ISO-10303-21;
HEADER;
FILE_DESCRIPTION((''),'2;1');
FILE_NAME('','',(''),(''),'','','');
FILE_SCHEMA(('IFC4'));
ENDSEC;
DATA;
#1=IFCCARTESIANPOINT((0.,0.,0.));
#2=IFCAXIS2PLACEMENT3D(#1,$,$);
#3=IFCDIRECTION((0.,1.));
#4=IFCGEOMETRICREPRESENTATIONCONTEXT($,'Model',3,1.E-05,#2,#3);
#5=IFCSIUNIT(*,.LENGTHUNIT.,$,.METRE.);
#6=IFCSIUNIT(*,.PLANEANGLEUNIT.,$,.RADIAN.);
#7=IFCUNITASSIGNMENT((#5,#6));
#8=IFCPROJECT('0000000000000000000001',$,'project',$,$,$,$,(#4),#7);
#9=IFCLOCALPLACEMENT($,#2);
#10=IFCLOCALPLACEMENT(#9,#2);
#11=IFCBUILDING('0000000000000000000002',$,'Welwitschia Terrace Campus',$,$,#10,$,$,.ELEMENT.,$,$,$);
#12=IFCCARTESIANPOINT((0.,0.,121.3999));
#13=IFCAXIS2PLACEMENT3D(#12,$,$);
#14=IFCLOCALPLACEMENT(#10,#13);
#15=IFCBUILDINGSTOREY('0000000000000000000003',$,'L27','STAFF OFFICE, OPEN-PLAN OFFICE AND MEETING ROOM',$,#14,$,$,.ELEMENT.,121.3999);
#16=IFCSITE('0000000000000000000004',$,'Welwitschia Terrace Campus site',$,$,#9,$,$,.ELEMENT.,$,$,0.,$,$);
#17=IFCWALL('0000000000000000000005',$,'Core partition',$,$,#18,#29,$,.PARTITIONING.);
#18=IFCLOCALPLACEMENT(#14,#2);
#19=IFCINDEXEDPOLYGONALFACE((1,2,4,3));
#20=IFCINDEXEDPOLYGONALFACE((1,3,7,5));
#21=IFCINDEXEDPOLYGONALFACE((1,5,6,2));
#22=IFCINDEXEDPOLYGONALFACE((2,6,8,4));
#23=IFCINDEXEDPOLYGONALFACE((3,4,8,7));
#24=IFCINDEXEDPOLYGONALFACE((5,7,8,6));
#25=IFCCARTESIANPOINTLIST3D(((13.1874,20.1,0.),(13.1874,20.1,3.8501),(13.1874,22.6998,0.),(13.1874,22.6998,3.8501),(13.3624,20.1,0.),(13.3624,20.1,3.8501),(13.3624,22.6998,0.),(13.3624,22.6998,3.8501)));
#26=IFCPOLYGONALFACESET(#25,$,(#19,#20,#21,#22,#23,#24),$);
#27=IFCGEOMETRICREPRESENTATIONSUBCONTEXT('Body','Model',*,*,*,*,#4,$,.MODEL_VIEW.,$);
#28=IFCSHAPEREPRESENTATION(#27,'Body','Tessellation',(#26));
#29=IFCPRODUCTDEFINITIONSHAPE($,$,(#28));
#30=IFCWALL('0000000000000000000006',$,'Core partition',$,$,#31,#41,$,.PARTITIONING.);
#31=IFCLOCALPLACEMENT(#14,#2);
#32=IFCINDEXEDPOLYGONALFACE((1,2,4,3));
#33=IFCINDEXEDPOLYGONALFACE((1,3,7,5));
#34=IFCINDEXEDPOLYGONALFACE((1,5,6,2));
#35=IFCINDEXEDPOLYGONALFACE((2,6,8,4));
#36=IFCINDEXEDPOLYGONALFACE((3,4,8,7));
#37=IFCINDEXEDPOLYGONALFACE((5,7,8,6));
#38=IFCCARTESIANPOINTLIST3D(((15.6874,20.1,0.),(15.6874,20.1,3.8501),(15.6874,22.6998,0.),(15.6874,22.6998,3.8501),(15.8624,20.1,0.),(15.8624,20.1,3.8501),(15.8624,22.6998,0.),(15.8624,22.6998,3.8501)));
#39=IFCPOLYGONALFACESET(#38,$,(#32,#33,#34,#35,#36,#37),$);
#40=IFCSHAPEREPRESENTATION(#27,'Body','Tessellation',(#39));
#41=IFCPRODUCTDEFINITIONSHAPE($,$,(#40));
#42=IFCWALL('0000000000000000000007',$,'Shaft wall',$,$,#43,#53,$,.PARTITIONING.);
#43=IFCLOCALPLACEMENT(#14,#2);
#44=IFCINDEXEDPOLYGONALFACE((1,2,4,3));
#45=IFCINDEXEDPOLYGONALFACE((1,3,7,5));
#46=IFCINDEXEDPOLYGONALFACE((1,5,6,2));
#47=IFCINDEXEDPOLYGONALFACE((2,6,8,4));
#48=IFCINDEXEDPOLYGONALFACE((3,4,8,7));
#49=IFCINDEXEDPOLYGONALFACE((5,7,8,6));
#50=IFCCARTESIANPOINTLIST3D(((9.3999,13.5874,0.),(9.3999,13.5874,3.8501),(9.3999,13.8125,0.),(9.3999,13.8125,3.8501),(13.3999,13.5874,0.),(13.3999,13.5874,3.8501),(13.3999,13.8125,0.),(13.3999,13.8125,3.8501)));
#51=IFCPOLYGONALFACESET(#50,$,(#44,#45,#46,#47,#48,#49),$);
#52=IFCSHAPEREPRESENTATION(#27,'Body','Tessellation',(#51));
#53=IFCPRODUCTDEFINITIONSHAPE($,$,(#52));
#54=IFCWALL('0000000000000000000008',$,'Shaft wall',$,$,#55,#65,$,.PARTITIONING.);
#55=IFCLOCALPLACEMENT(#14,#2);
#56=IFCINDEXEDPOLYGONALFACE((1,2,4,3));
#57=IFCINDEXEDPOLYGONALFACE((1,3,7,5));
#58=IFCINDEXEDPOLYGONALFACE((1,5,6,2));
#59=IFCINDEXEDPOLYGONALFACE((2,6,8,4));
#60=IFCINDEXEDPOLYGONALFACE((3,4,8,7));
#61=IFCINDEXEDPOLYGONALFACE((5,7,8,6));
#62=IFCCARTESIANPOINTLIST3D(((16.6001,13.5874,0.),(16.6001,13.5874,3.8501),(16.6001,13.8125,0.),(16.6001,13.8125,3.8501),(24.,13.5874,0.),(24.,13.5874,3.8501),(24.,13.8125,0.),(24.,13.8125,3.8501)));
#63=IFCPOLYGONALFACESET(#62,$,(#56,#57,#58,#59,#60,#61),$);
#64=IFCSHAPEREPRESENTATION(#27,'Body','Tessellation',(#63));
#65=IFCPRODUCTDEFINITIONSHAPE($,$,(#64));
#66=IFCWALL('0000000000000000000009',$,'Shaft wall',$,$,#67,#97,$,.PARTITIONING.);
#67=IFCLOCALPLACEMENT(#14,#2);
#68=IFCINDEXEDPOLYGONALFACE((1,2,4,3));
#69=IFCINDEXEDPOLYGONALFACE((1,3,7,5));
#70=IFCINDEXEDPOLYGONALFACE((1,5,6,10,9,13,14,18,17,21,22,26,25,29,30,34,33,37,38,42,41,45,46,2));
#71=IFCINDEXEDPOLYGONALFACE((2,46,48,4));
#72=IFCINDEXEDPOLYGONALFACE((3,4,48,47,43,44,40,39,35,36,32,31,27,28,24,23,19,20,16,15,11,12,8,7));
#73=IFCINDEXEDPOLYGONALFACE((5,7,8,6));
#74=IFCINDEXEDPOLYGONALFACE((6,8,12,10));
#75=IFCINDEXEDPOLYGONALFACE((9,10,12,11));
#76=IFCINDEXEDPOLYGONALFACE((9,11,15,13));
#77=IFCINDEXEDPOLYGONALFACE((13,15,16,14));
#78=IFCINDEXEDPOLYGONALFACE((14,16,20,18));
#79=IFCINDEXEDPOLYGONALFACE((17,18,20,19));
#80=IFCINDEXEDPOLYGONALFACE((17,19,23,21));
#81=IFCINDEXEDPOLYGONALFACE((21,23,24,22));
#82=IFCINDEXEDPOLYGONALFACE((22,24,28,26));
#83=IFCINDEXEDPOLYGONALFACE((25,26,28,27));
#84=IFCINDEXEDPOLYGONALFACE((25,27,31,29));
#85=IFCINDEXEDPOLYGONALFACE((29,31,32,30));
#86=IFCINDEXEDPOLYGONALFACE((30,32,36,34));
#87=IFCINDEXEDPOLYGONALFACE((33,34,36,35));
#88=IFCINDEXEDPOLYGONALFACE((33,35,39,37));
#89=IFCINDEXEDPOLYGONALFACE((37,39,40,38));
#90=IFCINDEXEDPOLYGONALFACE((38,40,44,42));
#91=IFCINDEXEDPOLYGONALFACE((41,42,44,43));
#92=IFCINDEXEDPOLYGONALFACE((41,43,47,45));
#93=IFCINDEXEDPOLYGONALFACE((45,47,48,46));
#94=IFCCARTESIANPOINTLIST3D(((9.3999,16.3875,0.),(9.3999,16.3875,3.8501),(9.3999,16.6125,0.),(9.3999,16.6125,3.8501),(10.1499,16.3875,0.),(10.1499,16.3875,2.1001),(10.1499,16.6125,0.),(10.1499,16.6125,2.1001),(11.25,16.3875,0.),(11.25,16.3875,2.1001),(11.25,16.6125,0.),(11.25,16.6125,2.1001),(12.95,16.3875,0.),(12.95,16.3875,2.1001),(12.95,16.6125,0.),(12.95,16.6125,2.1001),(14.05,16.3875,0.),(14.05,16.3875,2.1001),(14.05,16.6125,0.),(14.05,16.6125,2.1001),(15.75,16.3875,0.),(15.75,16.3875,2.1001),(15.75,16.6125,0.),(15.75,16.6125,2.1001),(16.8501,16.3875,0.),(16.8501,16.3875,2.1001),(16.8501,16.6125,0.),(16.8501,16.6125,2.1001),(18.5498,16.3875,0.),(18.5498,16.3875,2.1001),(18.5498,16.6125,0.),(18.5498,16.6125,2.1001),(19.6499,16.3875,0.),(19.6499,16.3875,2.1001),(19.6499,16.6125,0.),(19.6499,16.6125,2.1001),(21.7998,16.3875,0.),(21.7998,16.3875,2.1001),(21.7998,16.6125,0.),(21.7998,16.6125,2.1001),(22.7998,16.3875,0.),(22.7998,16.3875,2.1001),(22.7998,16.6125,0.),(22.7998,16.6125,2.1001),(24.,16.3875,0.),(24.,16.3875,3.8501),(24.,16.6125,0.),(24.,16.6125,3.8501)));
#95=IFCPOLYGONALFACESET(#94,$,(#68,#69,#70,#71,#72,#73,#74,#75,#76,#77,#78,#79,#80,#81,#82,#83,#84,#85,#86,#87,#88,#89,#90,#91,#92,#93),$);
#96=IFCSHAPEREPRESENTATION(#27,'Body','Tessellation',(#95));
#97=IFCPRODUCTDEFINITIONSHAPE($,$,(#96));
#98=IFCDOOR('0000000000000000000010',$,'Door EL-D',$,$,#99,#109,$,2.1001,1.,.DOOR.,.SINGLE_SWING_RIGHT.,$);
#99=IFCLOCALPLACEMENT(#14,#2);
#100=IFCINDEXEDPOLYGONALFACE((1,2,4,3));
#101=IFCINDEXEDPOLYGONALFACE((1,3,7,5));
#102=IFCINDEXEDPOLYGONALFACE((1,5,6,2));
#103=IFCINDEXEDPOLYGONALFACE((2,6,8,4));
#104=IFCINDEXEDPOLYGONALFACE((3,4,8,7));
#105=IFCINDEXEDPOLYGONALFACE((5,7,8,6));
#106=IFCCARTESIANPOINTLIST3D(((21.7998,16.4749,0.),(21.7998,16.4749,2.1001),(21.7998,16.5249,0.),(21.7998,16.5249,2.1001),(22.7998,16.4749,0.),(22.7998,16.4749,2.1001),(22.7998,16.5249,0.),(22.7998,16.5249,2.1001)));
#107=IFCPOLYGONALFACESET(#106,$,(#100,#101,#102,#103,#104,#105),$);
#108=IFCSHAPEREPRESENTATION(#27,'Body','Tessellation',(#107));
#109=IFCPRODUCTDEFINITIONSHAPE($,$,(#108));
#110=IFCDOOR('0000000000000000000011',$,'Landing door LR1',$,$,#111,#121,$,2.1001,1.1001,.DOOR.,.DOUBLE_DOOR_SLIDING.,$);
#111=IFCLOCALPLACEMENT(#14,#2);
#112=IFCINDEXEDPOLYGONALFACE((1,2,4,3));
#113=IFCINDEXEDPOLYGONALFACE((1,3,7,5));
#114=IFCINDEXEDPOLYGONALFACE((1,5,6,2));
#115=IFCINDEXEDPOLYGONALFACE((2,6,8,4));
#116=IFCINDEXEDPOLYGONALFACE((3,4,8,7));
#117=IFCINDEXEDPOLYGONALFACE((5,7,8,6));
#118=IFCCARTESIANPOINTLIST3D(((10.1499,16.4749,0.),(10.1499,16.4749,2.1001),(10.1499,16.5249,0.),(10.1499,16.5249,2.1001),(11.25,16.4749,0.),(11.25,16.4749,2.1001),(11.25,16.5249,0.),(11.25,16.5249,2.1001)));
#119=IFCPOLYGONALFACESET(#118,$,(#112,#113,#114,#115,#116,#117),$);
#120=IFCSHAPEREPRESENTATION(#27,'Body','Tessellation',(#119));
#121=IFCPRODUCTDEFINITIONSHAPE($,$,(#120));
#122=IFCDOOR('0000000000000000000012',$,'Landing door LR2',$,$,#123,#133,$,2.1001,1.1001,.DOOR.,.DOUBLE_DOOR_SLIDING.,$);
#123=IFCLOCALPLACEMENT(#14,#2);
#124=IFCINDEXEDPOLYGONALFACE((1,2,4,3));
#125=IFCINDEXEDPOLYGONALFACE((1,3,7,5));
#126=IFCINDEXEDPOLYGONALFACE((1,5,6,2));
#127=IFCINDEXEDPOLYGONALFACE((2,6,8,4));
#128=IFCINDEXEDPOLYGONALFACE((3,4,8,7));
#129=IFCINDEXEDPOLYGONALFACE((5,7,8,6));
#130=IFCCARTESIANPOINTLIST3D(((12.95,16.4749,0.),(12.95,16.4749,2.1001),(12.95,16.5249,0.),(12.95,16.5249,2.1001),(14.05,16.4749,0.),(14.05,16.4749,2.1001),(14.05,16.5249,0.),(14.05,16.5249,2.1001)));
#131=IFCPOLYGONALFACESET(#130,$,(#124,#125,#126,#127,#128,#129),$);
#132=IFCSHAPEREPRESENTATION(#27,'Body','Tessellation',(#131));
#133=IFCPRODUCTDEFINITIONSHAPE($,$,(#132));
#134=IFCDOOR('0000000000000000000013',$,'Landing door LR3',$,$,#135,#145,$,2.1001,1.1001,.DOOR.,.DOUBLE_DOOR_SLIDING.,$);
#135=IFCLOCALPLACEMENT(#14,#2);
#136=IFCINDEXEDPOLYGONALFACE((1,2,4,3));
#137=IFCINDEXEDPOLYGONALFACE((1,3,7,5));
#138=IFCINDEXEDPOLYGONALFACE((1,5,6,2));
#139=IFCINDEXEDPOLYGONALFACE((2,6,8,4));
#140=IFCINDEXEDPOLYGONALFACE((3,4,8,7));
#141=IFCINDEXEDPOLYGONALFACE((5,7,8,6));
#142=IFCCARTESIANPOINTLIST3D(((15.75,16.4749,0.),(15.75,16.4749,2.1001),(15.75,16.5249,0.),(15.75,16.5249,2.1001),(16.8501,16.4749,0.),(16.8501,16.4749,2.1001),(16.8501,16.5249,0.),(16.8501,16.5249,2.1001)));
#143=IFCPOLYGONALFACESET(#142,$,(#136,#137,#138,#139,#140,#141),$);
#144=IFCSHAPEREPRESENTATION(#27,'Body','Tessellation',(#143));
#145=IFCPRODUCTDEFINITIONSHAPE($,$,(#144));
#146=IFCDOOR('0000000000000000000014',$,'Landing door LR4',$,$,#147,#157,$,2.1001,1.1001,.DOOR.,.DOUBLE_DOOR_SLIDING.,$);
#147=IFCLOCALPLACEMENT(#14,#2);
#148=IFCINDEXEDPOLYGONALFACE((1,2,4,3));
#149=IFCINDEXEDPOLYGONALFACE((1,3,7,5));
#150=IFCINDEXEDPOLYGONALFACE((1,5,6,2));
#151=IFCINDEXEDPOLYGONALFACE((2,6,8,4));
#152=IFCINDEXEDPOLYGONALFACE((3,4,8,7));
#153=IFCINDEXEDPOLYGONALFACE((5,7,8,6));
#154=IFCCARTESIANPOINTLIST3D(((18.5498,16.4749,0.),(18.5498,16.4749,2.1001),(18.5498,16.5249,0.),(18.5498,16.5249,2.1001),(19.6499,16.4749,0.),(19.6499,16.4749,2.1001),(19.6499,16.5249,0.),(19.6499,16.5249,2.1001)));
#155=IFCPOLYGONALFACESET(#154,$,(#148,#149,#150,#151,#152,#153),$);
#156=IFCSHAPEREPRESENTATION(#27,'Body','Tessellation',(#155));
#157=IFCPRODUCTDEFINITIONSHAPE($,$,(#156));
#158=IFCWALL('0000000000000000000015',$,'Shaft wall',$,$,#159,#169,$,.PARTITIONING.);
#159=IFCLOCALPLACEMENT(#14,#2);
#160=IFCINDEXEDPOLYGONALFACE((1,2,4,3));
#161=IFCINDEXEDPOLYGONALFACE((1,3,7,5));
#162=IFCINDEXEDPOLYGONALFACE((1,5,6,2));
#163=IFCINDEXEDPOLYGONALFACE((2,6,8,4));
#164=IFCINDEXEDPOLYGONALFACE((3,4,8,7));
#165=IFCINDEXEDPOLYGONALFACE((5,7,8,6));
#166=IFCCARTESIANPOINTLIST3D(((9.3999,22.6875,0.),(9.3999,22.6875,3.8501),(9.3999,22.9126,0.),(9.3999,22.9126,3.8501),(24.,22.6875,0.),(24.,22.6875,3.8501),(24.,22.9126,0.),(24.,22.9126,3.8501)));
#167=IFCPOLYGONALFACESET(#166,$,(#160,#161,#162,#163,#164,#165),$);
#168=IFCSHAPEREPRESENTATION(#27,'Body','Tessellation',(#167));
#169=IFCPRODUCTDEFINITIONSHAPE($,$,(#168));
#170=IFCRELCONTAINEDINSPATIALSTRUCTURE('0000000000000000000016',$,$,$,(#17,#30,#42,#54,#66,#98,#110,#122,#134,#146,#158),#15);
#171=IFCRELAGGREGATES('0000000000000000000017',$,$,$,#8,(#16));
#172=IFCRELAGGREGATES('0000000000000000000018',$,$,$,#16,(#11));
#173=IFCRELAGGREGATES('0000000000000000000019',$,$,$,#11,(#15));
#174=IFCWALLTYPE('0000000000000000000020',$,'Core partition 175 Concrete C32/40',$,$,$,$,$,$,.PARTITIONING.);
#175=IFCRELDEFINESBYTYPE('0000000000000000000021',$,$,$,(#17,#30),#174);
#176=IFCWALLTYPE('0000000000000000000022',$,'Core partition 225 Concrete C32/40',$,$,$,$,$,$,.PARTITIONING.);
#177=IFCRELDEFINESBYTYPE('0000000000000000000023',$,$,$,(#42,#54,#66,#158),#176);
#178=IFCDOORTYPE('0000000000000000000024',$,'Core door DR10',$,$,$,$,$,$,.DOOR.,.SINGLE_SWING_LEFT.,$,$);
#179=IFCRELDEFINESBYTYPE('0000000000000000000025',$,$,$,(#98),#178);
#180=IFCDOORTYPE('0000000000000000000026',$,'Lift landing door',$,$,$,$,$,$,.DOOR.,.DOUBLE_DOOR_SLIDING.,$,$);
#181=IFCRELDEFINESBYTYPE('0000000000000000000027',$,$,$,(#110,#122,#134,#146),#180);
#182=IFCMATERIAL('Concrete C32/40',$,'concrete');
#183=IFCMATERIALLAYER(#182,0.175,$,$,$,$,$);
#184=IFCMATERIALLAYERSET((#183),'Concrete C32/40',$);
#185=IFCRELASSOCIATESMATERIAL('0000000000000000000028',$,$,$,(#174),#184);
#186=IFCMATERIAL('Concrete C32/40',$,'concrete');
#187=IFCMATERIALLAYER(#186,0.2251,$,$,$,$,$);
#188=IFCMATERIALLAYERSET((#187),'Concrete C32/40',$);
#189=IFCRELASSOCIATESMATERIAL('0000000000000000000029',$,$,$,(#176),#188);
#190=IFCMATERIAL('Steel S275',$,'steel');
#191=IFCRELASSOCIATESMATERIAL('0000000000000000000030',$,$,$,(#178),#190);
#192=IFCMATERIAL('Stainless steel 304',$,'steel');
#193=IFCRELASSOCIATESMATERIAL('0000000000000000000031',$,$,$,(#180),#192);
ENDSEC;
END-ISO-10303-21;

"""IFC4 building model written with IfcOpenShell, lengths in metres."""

from ifc_helpers import new_model, si_unit, direction, frame, frame_2d, origin, place, context, subcontext, project, spatial, rectangle, extrude, material, layer, layer_set, type_object, element, fill, save


model = new_model("IFC4")

# Units and contexts
model_context = context("Model", 3, precision=1e-05, world=origin(), true_north=direction((0.0, 1.0)))
body_context = subcontext(model_context, "Body", "Model", "MODEL_VIEW")
ifc_project = project(units=[si_unit("LENGTHUNIT", "METRE"), si_unit("PLANEANGLEUNIT", "RADIAN")], contexts=[model_context])

# Site, building, storey
site_placement = place(None, origin())
site = spatial("IfcSite", under=ifc_project, at=site_placement, Name="Welwitschia Terrace Campus site", CompositionType="ELEMENT", RefElevation=0.0)
building_placement = place(site_placement, origin())
building = spatial("IfcBuilding", under=site, at=building_placement, Name="Welwitschia Terrace Campus", CompositionType="ELEMENT")
storey_placement = place(building_placement, frame((0.0, 0.0, 121.3999)))
storey = spatial("IfcBuildingStorey", under=building, at=storey_placement, Name="L27", Description="STAFF OFFICE, OPEN-PLAN OFFICE AND MEETING ROOM", CompositionType="ELEMENT", Elevation=121.3999)

# Walls
ifc_material_1 = material(Name="Concrete C32/40", Category="concrete")
ifc_layer_1 = layer(ifc_material_1, 0.175)
ifc_layer_set_1 = layer_set([ifc_layer_1], Name="Concrete C32/40")
wall_type_1 = type_object("IfcWallType", Name="Core partition 175 Concrete C32/40", PredefinedType="PARTITIONING", material=ifc_layer_set_1)
for number, where, z_axis, x_axis, name in (
    (1, (13.2749, 20.1001, 0.0), (0.0, 0.0, 1.0), (0.0, 1.0, 0.0), "Core partition"),
    (2, (15.7749, 20.1001, 0.0), (0.0, 0.0, 1.0), (0.0, 1.0, 0.0), "Core partition"),
):
    element("IfcWall", number, at=place(storey_placement, frame(where, z_axis=z_axis, x_axis=x_axis)), inside=storey, type_object=wall_type_1, Name=name, PredefinedType="PARTITIONING", context=body_context, shape_type="SweptSolid", body=[
        extrude(rectangle(XDim=2.5999, YDim=0.175, at=frame_2d((1.2998, 0.0))), origin(), (0.0, 0.0, 1.0), 3.8501),
    ])
ifc_material_2 = material(Name="Concrete C32/40", Category="concrete")
ifc_layer_2 = layer(ifc_material_2, 0.2251)
ifc_layer_set_2 = layer_set([ifc_layer_2], Name="Concrete C32/40")
wall_type_2 = type_object("IfcWallType", Name="Core partition 225 Concrete C32/40", PredefinedType="PARTITIONING", material=ifc_layer_set_2)
wall_1_placement = place(storey_placement, frame((9.3999, 13.7, 0.0), z_axis=(0.0, 0.0, 1.0), x_axis=(1.0, 0.0, 0.0)))
element("IfcWall", 3, at=wall_1_placement, inside=storey, type_object=wall_type_2, Name="Shaft wall", PredefinedType="PARTITIONING", context=body_context, shape_type="SweptSolid", body=[
    extrude(rectangle(XDim=4.0, YDim=0.2251, at=frame_2d((2.0, 0.0))), origin(), (0.0, 0.0, 1.0), 3.8501),
])
wall_2_placement = place(storey_placement, frame((16.6001, 13.7, 0.0), z_axis=(0.0, 0.0, 1.0), x_axis=(1.0, 0.0, 0.0)))
element("IfcWall", 4, at=wall_2_placement, inside=storey, type_object=wall_type_2, Name="Shaft wall", PredefinedType="PARTITIONING", context=body_context, shape_type="SweptSolid", body=[
    extrude(rectangle(XDim=7.3999, YDim=0.2251, at=frame_2d((3.7, 0.0))), origin(), (0.0, 0.0, 1.0), 3.8501),
])

# Wall, openings, doors
wall_3_placement = place(storey_placement, frame((9.3999, 16.5, 0.0), z_axis=(0.0, 0.0, 1.0), x_axis=(1.0, 0.0, 0.0)))
wall_3 = element("IfcWall", 5, at=wall_3_placement, inside=storey, type_object=wall_type_2, Name="Shaft wall", PredefinedType="PARTITIONING", context=body_context, shape_type="SweptSolid", body=[
    extrude(rectangle(XDim=14.6001, YDim=0.2251, at=frame_2d((7.3, 0.0))), origin(), (0.0, 0.0, 1.0), 3.8501),
])
opening_1_placement = place(wall_3_placement, frame((0.75, 0.0, 0.0)))
opening_1 = element("IfcOpeningElement", 6, at=opening_1_placement, cuts=wall_3, PredefinedType="OPENING", context=body_context, shape_type="SweptSolid", body=[
    extrude(rectangle(XDim=1.1001, YDim=2.1001, at=frame_2d((0.55, 1.05))), frame((0.0, 0.1226, 0.0), z_axis=(0.0, -1.0, 0.0), x_axis=(1.0, 0.0, 0.0)), (0.0, 0.0, 1.0), 0.2451),
])
opening_2_placement = place(wall_3_placement, frame((3.55, 0.0, 0.0)))
opening_2 = element("IfcOpeningElement", 7, at=opening_2_placement, cuts=wall_3, PredefinedType="OPENING", context=body_context, shape_type="SweptSolid", body=[
    extrude(rectangle(XDim=1.1001, YDim=2.1001, at=frame_2d((0.55, 1.05))), frame((0.0, 0.1226, 0.0), z_axis=(0.0, -1.0, 0.0), x_axis=(1.0, 0.0, 0.0)), (0.0, 0.0, 1.0), 0.2451),
])
opening_3_placement = place(wall_3_placement, frame((6.3501, 0.0, 0.0)))
opening_3 = element("IfcOpeningElement", 8, at=opening_3_placement, cuts=wall_3, PredefinedType="OPENING", context=body_context, shape_type="SweptSolid", body=[
    extrude(rectangle(XDim=1.1001, YDim=2.1001, at=frame_2d((0.55, 1.05))), frame((0.0, 0.1226, 0.0), z_axis=(0.0, -1.0, 0.0), x_axis=(1.0, 0.0, 0.0)), (0.0, 0.0, 1.0), 0.2451),
])
opening_4_placement = place(wall_3_placement, frame((9.1499, 0.0, 0.0)))
opening_4 = element("IfcOpeningElement", 9, at=opening_4_placement, cuts=wall_3, PredefinedType="OPENING", context=body_context, shape_type="SweptSolid", body=[
    extrude(rectangle(XDim=1.1001, YDim=2.1001, at=frame_2d((0.55, 1.05))), frame((0.0, 0.1226, 0.0), z_axis=(0.0, -1.0, 0.0), x_axis=(1.0, 0.0, 0.0)), (0.0, 0.0, 1.0), 0.2451),
])
opening_5_placement = place(wall_3_placement, frame((12.3999, 0.0, 0.0)))
opening_5 = element("IfcOpeningElement", 10, at=opening_5_placement, cuts=wall_3, PredefinedType="OPENING", context=body_context, shape_type="SweptSolid", body=[
    extrude(rectangle(XDim=1.0, YDim=2.1001, at=frame_2d((0.5, 1.05))), frame((0.0, 0.1226, 0.0), z_axis=(0.0, -1.0, 0.0), x_axis=(1.0, 0.0, 0.0)), (0.0, 0.0, 1.0), 0.2451),
])
ifc_material_3 = material(Name="Steel S275", Category="steel")
door_type_1 = type_object("IfcDoorType", Name="Core door DR10", OperationType="SINGLE_SWING_LEFT", PredefinedType="DOOR", material=ifc_material_3)
door_1_placement = place(opening_5_placement, origin())
door_1 = element("IfcDoor", 11, at=door_1_placement, inside=storey, type_object=door_type_1, Name="Door EL-D", OperationType="SINGLE_SWING_RIGHT", OverallHeight=2.1001, OverallWidth=1.0, PredefinedType="DOOR", context=body_context, shape_type="SweptSolid", body=[
    extrude(rectangle(XDim=1.0, YDim=2.1001, at=frame_2d((0.5, 1.05))), frame((0.0, 0.0249, 0.0), z_axis=(0.0, -1.0, 0.0), x_axis=(1.0, 0.0, 0.0)), (0.0, 0.0, 1.0), 0.05),
])
fill(opening_5, door_1)
ifc_material_4 = material(Name="Stainless steel 304", Category="steel")
door_type_2 = type_object("IfcDoorType", Name="Lift landing door", OperationType="DOUBLE_DOOR_SLIDING", PredefinedType="DOOR", material=ifc_material_4)
door_2_placement = place(opening_1_placement, origin())
door_2 = element("IfcDoor", 12, at=door_2_placement, inside=storey, type_object=door_type_2, Name="Landing door LR1", OperationType="DOUBLE_DOOR_SLIDING", OverallHeight=2.1001, OverallWidth=1.1001, PredefinedType="DOOR", context=body_context, shape_type="SweptSolid", body=[
    extrude(rectangle(XDim=1.1001, YDim=2.1001, at=frame_2d((0.55, 1.05))), frame((0.0, 0.0249, 0.0), z_axis=(0.0, -1.0, 0.0), x_axis=(1.0, 0.0, 0.0)), (0.0, 0.0, 1.0), 0.05),
])
fill(opening_1, door_2)
door_3_placement = place(opening_2_placement, origin())
door_3 = element("IfcDoor", 13, at=door_3_placement, inside=storey, type_object=door_type_2, Name="Landing door LR2", OperationType="DOUBLE_DOOR_SLIDING", OverallHeight=2.1001, OverallWidth=1.1001, PredefinedType="DOOR", context=body_context, shape_type="SweptSolid", body=[
    extrude(rectangle(XDim=1.1001, YDim=2.1001, at=frame_2d((0.55, 1.05))), frame((0.0, 0.0249, 0.0), z_axis=(0.0, -1.0, 0.0), x_axis=(1.0, 0.0, 0.0)), (0.0, 0.0, 1.0), 0.05),
])
fill(opening_2, door_3)
door_4_placement = place(opening_3_placement, origin())
door_4 = element("IfcDoor", 14, at=door_4_placement, inside=storey, type_object=door_type_2, Name="Landing door LR3", OperationType="DOUBLE_DOOR_SLIDING", OverallHeight=2.1001, OverallWidth=1.1001, PredefinedType="DOOR", context=body_context, shape_type="SweptSolid", body=[
    extrude(rectangle(XDim=1.1001, YDim=2.1001, at=frame_2d((0.55, 1.05))), frame((0.0, 0.0249, 0.0), z_axis=(0.0, -1.0, 0.0), x_axis=(1.0, 0.0, 0.0)), (0.0, 0.0, 1.0), 0.05),
])
fill(opening_3, door_4)
door_5_placement = place(opening_4_placement, origin())
door_5 = element("IfcDoor", 15, at=door_5_placement, inside=storey, type_object=door_type_2, Name="Landing door LR4", OperationType="DOUBLE_DOOR_SLIDING", OverallHeight=2.1001, OverallWidth=1.1001, PredefinedType="DOOR", context=body_context, shape_type="SweptSolid", body=[
    extrude(rectangle(XDim=1.1001, YDim=2.1001, at=frame_2d((0.55, 1.05))), frame((0.0, 0.0249, 0.0), z_axis=(0.0, -1.0, 0.0), x_axis=(1.0, 0.0, 0.0)), (0.0, 0.0, 1.0), 0.05),
])
fill(opening_4, door_5)

# Wall
wall_4_placement = place(storey_placement, frame((9.3999, 22.8, 0.0), z_axis=(0.0, 0.0, 1.0), x_axis=(1.0, 0.0, 0.0)))
element("IfcWall", 16, at=wall_4_placement, inside=storey, type_object=wall_type_2, Name="Shaft wall", PredefinedType="PARTITIONING", context=body_context, shape_type="SweptSolid", body=[
    extrude(rectangle(XDim=14.6001, YDim=0.2251, at=frame_2d((7.3, 0.0))), origin(), (0.0, 0.0, 1.0), 3.8501),
])

save(model, "model.ifc")
